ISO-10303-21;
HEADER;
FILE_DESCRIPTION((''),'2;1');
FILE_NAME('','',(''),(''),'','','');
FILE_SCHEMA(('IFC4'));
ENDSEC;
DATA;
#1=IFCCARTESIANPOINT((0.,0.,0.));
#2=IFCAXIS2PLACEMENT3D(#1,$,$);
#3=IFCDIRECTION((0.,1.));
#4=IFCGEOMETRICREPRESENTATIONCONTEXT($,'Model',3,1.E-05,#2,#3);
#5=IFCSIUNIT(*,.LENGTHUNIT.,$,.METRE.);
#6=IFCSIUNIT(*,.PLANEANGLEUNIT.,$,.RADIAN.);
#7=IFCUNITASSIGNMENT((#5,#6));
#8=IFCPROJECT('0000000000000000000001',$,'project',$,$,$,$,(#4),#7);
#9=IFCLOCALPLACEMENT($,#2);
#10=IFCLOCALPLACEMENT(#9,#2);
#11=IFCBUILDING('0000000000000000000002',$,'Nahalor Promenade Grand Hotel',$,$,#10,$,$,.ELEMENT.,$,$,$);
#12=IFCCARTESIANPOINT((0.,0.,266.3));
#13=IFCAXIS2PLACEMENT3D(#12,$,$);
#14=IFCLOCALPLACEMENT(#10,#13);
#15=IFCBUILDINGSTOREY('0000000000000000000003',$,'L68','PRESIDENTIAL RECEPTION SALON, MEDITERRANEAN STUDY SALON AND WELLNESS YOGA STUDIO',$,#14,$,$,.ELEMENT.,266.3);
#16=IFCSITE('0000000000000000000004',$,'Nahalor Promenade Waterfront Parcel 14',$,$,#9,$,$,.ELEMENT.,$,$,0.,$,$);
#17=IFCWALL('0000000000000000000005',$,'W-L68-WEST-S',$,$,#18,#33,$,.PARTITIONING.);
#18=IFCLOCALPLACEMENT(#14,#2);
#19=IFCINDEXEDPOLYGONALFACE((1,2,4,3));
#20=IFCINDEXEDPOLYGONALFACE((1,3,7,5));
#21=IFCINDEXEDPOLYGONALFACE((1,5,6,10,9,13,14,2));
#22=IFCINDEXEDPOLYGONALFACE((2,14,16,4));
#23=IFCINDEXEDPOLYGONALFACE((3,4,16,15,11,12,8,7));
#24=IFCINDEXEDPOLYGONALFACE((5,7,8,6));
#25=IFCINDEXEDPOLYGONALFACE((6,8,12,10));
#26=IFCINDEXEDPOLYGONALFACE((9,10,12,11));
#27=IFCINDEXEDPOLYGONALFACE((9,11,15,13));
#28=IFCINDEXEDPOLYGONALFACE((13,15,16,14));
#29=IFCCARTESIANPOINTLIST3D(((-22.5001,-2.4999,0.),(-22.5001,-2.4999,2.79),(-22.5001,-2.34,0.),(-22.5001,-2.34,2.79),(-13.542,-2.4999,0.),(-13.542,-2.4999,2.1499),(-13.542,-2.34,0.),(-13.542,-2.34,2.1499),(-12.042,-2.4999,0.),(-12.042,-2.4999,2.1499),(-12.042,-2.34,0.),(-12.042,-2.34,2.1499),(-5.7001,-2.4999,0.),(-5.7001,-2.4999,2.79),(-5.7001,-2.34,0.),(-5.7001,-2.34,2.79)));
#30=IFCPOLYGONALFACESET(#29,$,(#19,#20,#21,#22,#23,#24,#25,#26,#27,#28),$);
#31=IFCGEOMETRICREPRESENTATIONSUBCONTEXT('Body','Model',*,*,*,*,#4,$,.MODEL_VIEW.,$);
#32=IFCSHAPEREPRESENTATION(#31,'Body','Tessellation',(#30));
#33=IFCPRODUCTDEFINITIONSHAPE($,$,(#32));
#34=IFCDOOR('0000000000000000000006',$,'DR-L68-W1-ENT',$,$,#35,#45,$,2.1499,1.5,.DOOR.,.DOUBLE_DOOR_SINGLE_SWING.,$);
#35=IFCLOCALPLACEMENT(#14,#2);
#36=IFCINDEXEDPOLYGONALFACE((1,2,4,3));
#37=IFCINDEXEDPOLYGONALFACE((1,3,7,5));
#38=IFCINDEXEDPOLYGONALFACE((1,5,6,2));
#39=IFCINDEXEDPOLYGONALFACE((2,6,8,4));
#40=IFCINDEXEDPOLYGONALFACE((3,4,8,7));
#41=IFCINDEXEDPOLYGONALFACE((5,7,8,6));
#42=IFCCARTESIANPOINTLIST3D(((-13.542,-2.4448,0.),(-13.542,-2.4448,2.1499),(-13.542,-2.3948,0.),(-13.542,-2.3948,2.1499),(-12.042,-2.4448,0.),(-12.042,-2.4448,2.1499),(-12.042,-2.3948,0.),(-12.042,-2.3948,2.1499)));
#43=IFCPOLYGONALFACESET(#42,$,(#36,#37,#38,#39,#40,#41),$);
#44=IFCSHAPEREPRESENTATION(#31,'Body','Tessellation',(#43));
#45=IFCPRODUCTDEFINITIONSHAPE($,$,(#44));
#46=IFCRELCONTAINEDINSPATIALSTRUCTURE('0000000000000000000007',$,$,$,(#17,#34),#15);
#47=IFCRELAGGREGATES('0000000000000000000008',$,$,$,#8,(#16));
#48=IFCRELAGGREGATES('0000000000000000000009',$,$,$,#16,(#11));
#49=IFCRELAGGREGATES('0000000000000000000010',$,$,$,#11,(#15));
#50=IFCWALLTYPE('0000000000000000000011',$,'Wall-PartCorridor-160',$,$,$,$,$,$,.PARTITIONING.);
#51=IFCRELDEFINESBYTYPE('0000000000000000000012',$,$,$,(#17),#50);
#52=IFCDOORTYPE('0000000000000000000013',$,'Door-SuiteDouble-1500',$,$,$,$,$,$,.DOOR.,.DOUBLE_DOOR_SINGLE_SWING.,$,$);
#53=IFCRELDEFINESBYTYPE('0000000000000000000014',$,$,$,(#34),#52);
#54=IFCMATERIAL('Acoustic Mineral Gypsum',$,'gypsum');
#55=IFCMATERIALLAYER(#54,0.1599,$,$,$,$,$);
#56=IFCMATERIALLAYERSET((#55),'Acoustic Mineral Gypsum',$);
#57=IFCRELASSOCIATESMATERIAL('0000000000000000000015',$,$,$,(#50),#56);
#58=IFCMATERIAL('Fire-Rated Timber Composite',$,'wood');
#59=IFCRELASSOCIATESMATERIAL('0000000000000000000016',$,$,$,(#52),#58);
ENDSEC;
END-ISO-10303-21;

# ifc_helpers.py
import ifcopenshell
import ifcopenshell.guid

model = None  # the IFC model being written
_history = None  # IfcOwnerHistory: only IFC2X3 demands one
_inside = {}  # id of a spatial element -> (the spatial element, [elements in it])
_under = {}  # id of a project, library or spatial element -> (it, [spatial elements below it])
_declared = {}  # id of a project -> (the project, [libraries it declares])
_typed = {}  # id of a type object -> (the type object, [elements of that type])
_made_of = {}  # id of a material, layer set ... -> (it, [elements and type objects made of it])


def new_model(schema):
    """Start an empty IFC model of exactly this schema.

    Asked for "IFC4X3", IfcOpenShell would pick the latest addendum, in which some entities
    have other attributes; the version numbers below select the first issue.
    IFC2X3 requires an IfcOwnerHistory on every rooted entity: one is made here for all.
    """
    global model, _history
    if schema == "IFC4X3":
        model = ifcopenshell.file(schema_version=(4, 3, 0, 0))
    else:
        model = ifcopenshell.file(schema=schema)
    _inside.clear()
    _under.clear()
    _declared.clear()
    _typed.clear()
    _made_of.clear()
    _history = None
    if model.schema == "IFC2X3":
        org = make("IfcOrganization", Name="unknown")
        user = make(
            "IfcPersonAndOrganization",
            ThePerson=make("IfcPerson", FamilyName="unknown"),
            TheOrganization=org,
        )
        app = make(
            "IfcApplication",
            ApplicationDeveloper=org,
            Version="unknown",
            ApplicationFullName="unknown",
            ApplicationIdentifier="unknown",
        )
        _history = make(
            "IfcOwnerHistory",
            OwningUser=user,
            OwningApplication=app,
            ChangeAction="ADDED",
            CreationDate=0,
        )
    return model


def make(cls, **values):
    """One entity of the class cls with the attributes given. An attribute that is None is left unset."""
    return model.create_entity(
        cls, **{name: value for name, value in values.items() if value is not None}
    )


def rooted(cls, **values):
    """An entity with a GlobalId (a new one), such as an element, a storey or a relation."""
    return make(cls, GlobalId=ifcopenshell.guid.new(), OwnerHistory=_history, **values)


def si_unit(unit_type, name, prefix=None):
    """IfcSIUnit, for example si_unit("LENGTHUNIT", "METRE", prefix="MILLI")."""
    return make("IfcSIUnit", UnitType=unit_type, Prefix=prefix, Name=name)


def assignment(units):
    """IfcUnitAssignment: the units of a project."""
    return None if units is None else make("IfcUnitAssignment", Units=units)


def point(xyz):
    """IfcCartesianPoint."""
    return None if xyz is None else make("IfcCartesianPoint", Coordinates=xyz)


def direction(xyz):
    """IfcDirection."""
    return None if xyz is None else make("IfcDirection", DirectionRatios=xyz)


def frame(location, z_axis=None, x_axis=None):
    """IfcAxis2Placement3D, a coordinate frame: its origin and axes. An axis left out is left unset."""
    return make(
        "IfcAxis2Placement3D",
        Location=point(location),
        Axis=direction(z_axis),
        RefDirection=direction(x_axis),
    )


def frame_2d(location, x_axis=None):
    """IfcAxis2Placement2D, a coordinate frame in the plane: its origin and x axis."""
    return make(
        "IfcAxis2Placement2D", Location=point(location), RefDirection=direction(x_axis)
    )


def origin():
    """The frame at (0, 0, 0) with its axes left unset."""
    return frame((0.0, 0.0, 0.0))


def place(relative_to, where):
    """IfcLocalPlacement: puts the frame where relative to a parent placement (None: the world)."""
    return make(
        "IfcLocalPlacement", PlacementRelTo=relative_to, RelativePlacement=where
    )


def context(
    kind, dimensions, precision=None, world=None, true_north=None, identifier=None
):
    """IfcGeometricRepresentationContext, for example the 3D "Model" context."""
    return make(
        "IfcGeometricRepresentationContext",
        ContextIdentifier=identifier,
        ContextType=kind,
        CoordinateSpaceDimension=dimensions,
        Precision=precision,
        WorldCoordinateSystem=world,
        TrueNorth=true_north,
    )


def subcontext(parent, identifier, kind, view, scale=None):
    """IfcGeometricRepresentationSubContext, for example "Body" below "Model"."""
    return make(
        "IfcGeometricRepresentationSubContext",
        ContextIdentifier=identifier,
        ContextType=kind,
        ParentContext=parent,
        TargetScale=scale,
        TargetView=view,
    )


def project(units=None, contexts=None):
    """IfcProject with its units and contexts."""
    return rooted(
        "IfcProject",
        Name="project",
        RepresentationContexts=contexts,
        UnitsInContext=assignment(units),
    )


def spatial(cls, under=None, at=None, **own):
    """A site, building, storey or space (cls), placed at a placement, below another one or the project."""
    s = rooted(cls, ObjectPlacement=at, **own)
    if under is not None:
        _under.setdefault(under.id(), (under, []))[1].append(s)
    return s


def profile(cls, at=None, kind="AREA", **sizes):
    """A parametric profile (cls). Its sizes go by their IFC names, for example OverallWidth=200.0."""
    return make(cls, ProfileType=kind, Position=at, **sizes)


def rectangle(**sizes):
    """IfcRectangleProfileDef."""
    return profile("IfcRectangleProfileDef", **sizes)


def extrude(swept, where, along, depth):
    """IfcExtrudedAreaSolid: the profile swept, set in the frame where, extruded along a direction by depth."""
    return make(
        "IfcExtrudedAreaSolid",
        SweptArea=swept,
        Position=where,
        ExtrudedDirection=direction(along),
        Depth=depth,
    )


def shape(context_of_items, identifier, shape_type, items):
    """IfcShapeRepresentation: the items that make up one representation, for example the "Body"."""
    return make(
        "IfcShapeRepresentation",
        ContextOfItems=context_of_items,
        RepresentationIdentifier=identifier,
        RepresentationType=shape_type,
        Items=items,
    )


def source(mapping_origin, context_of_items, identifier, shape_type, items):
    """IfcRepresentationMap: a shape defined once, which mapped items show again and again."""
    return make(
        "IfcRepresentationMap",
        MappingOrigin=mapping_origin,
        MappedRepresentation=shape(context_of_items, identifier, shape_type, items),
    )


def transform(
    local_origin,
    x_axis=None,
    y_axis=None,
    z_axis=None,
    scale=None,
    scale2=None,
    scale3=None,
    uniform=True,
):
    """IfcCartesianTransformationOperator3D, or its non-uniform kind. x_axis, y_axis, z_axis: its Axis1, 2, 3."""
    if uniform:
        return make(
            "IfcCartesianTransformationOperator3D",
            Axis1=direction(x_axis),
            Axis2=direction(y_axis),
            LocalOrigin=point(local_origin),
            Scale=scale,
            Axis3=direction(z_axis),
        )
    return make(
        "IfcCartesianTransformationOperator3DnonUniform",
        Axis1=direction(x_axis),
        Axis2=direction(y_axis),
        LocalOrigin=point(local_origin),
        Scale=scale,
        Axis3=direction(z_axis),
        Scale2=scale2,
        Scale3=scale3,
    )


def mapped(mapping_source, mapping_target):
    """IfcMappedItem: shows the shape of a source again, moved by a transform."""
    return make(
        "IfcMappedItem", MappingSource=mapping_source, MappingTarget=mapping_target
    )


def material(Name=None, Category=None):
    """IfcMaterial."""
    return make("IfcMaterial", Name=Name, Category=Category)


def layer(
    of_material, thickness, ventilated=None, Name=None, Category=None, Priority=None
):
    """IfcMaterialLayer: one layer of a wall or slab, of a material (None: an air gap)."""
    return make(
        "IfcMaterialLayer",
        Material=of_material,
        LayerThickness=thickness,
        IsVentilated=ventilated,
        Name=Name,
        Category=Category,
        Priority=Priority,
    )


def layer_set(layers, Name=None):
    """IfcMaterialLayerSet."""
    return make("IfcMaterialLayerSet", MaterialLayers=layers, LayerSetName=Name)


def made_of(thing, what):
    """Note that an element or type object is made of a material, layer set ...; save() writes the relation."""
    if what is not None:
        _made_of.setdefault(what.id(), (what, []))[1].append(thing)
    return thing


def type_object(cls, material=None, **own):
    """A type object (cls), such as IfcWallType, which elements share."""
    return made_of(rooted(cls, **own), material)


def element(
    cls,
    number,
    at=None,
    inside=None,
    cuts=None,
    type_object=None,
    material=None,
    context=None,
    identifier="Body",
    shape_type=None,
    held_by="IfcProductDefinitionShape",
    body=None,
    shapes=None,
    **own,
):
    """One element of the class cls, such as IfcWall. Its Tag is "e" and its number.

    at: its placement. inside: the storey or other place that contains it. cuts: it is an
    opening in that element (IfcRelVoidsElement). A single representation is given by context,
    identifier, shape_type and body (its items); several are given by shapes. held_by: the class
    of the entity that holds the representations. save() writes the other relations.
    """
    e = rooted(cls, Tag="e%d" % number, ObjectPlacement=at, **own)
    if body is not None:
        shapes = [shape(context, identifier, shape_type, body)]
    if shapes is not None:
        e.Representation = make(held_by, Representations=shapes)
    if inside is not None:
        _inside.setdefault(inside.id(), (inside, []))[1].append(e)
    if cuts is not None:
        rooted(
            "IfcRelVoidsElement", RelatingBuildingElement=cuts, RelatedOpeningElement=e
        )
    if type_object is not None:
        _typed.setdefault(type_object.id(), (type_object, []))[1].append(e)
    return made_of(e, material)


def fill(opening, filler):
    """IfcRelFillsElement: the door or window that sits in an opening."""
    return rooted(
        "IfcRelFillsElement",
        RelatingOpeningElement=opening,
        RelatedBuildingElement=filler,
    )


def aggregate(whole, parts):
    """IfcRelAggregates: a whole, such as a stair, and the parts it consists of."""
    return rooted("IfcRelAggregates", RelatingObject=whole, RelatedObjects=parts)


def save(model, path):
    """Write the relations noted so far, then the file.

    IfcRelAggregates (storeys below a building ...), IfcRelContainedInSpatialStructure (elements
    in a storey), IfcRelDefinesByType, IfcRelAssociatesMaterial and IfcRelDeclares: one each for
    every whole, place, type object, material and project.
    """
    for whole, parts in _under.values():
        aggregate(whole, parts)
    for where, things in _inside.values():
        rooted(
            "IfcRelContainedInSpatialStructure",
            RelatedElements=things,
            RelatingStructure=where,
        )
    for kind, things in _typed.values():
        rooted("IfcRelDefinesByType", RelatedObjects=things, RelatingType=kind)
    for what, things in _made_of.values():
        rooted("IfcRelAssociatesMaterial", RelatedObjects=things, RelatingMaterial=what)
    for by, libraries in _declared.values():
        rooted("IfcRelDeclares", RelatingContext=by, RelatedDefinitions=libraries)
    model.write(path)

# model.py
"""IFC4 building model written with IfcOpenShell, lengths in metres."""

from ifc_helpers import new_model, si_unit, direction, frame, frame_2d, origin, place, context, subcontext, project, spatial, rectangle, extrude, source, transform, mapped, material, layer, layer_set, type_object, element, fill, save


model = new_model("IFC4")

# Units and contexts
model_context = context("Model", 3, precision=1e-05, world=origin(), true_north=direction((0.0, 1.0)))
body_context = subcontext(model_context, "Body", "Model", "MODEL_VIEW")
ifc_project = project(units=[si_unit("LENGTHUNIT", "METRE"), si_unit("PLANEANGLEUNIT", "RADIAN")], contexts=[model_context])

# Site, building, storey
site_placement = place(None, origin())
site = spatial("IfcSite", under=ifc_project, at=site_placement, Name="Nahalor Promenade Waterfront Parcel 14", CompositionType="ELEMENT", RefElevation=0.0)
building_placement = place(site_placement, origin())
building = spatial("IfcBuilding", under=site, at=building_placement, Name="Nahalor Promenade Grand Hotel", CompositionType="ELEMENT")
storey_placement = place(building_placement, frame((0.0, 0.0, 266.3)))
storey = spatial("IfcBuildingStorey", under=building, at=storey_placement, Name="L68", Description="PRESIDENTIAL RECEPTION SALON, MEDITERRANEAN STUDY SALON AND WELLNESS YOGA STUDIO", CompositionType="ELEMENT", Elevation=266.3)

# Shared definitions
ifc_material_1 = material(Name="Acoustic Mineral Gypsum", Category="gypsum")
ifc_layer_1 = layer(ifc_material_1, 0.1599)
ifc_layer_set_1 = layer_set([ifc_layer_1], Name="Acoustic Mineral Gypsum")
wall_type_1 = type_object("IfcWallType", Name="Wall-PartCorridor-160", PredefinedType="PARTITIONING", material=ifc_layer_set_1)
ifc_material_2 = material(Name="Fire-Rated Timber Composite", Category="wood")

# Wall, opening, door
shared_shape_1 = source(origin(), body_context, "Body", "SweptSolid", [
    extrude(rectangle(XDim=16.8, YDim=0.1599, at=frame_2d((8.3999, 0.0))), origin(), (0.0, 0.0, 1.0), 2.79),
])
wall_1_placement = place(storey_placement, frame((-22.5, -2.4199, 0.0), z_axis=(0.0, 0.0, 1.0), x_axis=(1.0, 0.0, 0.0)))
wall_1 = element("IfcWall", 1, at=wall_1_placement, inside=storey, type_object=wall_type_1, Name="W-L68-WEST-S", PredefinedType="PARTITIONING", context=body_context, shape_type="MappedRepresentation", body=[
    mapped(shared_shape_1, transform((0.0, 0.0, 0.0), scale=1.0)),
])
opening_1_placement = place(wall_1_placement, frame((8.958, 0.0, 0.0)))
opening_1 = element("IfcOpeningElement", 2, at=opening_1_placement, cuts=wall_1, PredefinedType="OPENING", context=body_context, shape_type="SweptSolid", body=[
    extrude(rectangle(XDim=1.5, YDim=2.1499, at=frame_2d((0.75, 1.075))), frame((0.0, 0.0898, 0.0), z_axis=(0.0, -1.0, 0.0), x_axis=(1.0, 0.0, 0.0)), (0.0, 0.0, 1.0), 0.1799),
])
door_type_1 = type_object("IfcDoorType", Name="Door-SuiteDouble-1500", OperationType="DOUBLE_DOOR_SINGLE_SWING", PredefinedType="DOOR", material=ifc_material_2)
shared_shape_2 = source(origin(), body_context, "Body", "SweptSolid", [
    extrude(rectangle(XDim=1.5, YDim=2.1499, at=frame_2d((0.75, 1.075))), frame((0.0, 0.0249, 0.0), z_axis=(0.0, -1.0, 0.0), x_axis=(1.0, 0.0, 0.0)), (0.0, 0.0, 1.0), 0.05),
])
door_1_placement = place(opening_1_placement, frame((1.5, 0.0, 0.0), z_axis=(0.0, 0.0, 1.0), x_axis=(-1.0, 0.0, 0.0)))
door_1 = element("IfcDoor", 3, at=door_1_placement, inside=storey, type_object=door_type_1, Name="DR-L68-W1-ENT", OperationType="DOUBLE_DOOR_SINGLE_SWING", OverallHeight=2.1499, OverallWidth=1.5, PredefinedType="DOOR", context=body_context, shape_type="MappedRepresentation", body=[
    mapped(shared_shape_2, transform((0.0, 0.0, 0.0), scale=1.0)),
])
fill(opening_1, door_1)

save(model, "model.ifc")
